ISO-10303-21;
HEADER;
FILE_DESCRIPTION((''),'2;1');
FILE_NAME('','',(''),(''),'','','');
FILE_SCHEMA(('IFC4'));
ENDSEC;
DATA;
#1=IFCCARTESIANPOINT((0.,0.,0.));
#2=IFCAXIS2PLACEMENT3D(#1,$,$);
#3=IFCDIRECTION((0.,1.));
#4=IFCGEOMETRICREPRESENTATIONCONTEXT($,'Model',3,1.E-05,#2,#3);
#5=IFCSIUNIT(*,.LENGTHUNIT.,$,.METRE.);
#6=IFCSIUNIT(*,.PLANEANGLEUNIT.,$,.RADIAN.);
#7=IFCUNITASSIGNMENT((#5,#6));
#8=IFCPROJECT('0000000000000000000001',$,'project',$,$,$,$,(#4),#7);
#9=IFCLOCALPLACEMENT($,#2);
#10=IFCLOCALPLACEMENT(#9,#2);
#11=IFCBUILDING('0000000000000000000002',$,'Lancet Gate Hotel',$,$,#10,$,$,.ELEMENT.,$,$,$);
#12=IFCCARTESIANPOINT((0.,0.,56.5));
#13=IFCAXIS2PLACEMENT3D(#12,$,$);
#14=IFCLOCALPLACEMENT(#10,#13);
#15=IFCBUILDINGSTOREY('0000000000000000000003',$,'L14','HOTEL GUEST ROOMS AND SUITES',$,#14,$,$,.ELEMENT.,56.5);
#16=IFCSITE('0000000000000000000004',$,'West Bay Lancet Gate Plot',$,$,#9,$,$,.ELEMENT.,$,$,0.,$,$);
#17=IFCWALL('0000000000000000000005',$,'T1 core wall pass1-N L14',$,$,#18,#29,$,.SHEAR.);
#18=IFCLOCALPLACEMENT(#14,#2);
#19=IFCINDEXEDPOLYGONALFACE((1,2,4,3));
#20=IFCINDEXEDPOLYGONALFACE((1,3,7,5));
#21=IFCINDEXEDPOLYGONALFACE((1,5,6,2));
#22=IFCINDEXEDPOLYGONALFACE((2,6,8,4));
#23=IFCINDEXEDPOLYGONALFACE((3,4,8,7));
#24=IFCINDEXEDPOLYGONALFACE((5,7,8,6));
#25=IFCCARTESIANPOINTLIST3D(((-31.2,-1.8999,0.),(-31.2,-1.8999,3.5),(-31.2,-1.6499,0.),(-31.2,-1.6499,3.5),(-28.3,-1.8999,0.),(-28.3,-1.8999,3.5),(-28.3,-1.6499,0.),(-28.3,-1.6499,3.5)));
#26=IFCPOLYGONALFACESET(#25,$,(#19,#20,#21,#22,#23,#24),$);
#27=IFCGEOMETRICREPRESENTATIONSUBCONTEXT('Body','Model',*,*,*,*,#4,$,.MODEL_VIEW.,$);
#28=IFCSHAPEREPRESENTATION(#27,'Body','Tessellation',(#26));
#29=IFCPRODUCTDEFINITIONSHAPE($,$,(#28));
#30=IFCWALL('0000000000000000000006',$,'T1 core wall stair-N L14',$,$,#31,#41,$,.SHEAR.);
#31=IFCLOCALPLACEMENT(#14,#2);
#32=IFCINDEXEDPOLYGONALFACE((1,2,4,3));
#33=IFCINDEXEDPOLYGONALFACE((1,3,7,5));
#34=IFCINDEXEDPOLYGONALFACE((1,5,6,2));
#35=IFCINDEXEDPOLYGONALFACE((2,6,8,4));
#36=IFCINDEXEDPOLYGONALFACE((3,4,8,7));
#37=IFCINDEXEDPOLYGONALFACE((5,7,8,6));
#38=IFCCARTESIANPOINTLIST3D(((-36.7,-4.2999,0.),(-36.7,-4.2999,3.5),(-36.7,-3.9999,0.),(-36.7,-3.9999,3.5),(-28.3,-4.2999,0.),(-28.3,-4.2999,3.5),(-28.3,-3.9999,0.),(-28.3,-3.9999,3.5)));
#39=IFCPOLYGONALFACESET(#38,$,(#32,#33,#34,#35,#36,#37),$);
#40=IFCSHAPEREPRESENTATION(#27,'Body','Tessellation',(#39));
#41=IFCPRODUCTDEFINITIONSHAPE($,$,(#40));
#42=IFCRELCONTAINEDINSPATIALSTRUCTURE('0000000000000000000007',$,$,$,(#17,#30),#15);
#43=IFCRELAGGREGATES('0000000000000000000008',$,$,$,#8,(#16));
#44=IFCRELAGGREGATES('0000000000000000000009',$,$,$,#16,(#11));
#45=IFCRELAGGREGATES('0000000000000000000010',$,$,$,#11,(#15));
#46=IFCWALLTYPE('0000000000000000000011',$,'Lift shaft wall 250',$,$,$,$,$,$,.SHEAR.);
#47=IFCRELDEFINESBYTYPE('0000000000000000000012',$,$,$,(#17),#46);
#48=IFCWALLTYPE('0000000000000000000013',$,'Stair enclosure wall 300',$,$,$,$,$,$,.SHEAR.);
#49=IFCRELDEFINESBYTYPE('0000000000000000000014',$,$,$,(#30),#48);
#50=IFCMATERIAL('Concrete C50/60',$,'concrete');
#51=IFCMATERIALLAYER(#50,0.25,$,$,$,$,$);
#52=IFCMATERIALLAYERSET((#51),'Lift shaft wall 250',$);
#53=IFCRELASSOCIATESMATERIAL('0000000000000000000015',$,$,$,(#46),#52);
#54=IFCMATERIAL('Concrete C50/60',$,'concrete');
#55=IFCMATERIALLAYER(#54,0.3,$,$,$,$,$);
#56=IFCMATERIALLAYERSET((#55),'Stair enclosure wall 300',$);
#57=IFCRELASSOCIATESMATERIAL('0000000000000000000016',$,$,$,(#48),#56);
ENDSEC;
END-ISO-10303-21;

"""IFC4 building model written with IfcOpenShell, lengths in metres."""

from ifc_helpers import new_model, si_unit, direction, frame, frame_2d, origin, place, context, subcontext, project, spatial, rectangle, extrude, material, layer, layer_set, type_object, element, save


model = new_model("IFC4")

# Units and contexts
model_context = context("Model", 3, precision=1e-05, world=origin(), true_north=direction((0.0, 1.0)))
body_context = subcontext(model_context, "Body", "Model", "MODEL_VIEW")
ifc_project = project(units=[si_unit("LENGTHUNIT", "METRE"), si_unit("PLANEANGLEUNIT", "RADIAN")], contexts=[model_context])

# Site, building, storey
site_placement = place(None, origin())
site = spatial("IfcSite", under=ifc_project, at=site_placement, Name="West Bay Lancet Gate Plot", CompositionType="ELEMENT", RefElevation=0.0)
building_placement = place(site_placement, origin())
building = spatial("IfcBuilding", under=site, at=building_placement, Name="Lancet Gate Hotel", CompositionType="ELEMENT")
storey_placement = place(building_placement, frame((0.0, 0.0, 56.5)))
storey = spatial("IfcBuildingStorey", under=building, at=storey_placement, Name="L14", Description="HOTEL GUEST ROOMS AND SUITES", CompositionType="ELEMENT", Elevation=56.5)

# Walls
ifc_material_1 = material(Name="Concrete C50/60", Category="concrete")
ifc_layer_1 = layer(ifc_material_1, 0.25)
ifc_layer_set_1 = layer_set([ifc_layer_1], Name="Lift shaft wall 250")
wall_type_1 = type_object("IfcWallType", Name="Lift shaft wall 250", PredefinedType="SHEAR", material=ifc_layer_set_1)
wall_1_placement = place(storey_placement, frame((-28.3, -1.7749, 0.0), z_axis=(0.0, 0.0, 1.0), x_axis=(-1.0, 0.0, 0.0)))
element("IfcWall", 1, at=wall_1_placement, inside=storey, type_object=wall_type_1, Name="T1 core wall pass1-N L14", PredefinedType="SHEAR", context=body_context, shape_type="SweptSolid", body=[
    extrude(rectangle(XDim=2.8999, YDim=0.25, at=frame_2d((1.45, 0.0))), origin(), (0.0, 0.0, 1.0), 3.5),
])
ifc_material_2 = material(Name="Concrete C50/60", Category="concrete")
ifc_layer_2 = layer(ifc_material_2, 0.3)
ifc_layer_set_2 = layer_set([ifc_layer_2], Name="Stair enclosure wall 300")
wall_type_2 = type_object("IfcWallType", Name="Stair enclosure wall 300", PredefinedType="SHEAR", material=ifc_layer_set_2)
wall_2_placement = place(storey_placement, frame((-28.3, -4.1499, 0.0), z_axis=(0.0, 0.0, 1.0), x_axis=(-1.0, 0.0, 0.0)))
element("IfcWall", 2, at=wall_2_placement, inside=storey, type_object=wall_type_2, Name="T1 core wall stair-N L14", PredefinedType="SHEAR", context=body_context, shape_type="SweptSolid", body=[
    extrude(rectangle(XDim=8.3999, YDim=0.3, at=frame_2d((4.2, 0.0))), origin(), (0.0, 0.0, 1.0), 3.5),
])

save(model, "model.ifc")
